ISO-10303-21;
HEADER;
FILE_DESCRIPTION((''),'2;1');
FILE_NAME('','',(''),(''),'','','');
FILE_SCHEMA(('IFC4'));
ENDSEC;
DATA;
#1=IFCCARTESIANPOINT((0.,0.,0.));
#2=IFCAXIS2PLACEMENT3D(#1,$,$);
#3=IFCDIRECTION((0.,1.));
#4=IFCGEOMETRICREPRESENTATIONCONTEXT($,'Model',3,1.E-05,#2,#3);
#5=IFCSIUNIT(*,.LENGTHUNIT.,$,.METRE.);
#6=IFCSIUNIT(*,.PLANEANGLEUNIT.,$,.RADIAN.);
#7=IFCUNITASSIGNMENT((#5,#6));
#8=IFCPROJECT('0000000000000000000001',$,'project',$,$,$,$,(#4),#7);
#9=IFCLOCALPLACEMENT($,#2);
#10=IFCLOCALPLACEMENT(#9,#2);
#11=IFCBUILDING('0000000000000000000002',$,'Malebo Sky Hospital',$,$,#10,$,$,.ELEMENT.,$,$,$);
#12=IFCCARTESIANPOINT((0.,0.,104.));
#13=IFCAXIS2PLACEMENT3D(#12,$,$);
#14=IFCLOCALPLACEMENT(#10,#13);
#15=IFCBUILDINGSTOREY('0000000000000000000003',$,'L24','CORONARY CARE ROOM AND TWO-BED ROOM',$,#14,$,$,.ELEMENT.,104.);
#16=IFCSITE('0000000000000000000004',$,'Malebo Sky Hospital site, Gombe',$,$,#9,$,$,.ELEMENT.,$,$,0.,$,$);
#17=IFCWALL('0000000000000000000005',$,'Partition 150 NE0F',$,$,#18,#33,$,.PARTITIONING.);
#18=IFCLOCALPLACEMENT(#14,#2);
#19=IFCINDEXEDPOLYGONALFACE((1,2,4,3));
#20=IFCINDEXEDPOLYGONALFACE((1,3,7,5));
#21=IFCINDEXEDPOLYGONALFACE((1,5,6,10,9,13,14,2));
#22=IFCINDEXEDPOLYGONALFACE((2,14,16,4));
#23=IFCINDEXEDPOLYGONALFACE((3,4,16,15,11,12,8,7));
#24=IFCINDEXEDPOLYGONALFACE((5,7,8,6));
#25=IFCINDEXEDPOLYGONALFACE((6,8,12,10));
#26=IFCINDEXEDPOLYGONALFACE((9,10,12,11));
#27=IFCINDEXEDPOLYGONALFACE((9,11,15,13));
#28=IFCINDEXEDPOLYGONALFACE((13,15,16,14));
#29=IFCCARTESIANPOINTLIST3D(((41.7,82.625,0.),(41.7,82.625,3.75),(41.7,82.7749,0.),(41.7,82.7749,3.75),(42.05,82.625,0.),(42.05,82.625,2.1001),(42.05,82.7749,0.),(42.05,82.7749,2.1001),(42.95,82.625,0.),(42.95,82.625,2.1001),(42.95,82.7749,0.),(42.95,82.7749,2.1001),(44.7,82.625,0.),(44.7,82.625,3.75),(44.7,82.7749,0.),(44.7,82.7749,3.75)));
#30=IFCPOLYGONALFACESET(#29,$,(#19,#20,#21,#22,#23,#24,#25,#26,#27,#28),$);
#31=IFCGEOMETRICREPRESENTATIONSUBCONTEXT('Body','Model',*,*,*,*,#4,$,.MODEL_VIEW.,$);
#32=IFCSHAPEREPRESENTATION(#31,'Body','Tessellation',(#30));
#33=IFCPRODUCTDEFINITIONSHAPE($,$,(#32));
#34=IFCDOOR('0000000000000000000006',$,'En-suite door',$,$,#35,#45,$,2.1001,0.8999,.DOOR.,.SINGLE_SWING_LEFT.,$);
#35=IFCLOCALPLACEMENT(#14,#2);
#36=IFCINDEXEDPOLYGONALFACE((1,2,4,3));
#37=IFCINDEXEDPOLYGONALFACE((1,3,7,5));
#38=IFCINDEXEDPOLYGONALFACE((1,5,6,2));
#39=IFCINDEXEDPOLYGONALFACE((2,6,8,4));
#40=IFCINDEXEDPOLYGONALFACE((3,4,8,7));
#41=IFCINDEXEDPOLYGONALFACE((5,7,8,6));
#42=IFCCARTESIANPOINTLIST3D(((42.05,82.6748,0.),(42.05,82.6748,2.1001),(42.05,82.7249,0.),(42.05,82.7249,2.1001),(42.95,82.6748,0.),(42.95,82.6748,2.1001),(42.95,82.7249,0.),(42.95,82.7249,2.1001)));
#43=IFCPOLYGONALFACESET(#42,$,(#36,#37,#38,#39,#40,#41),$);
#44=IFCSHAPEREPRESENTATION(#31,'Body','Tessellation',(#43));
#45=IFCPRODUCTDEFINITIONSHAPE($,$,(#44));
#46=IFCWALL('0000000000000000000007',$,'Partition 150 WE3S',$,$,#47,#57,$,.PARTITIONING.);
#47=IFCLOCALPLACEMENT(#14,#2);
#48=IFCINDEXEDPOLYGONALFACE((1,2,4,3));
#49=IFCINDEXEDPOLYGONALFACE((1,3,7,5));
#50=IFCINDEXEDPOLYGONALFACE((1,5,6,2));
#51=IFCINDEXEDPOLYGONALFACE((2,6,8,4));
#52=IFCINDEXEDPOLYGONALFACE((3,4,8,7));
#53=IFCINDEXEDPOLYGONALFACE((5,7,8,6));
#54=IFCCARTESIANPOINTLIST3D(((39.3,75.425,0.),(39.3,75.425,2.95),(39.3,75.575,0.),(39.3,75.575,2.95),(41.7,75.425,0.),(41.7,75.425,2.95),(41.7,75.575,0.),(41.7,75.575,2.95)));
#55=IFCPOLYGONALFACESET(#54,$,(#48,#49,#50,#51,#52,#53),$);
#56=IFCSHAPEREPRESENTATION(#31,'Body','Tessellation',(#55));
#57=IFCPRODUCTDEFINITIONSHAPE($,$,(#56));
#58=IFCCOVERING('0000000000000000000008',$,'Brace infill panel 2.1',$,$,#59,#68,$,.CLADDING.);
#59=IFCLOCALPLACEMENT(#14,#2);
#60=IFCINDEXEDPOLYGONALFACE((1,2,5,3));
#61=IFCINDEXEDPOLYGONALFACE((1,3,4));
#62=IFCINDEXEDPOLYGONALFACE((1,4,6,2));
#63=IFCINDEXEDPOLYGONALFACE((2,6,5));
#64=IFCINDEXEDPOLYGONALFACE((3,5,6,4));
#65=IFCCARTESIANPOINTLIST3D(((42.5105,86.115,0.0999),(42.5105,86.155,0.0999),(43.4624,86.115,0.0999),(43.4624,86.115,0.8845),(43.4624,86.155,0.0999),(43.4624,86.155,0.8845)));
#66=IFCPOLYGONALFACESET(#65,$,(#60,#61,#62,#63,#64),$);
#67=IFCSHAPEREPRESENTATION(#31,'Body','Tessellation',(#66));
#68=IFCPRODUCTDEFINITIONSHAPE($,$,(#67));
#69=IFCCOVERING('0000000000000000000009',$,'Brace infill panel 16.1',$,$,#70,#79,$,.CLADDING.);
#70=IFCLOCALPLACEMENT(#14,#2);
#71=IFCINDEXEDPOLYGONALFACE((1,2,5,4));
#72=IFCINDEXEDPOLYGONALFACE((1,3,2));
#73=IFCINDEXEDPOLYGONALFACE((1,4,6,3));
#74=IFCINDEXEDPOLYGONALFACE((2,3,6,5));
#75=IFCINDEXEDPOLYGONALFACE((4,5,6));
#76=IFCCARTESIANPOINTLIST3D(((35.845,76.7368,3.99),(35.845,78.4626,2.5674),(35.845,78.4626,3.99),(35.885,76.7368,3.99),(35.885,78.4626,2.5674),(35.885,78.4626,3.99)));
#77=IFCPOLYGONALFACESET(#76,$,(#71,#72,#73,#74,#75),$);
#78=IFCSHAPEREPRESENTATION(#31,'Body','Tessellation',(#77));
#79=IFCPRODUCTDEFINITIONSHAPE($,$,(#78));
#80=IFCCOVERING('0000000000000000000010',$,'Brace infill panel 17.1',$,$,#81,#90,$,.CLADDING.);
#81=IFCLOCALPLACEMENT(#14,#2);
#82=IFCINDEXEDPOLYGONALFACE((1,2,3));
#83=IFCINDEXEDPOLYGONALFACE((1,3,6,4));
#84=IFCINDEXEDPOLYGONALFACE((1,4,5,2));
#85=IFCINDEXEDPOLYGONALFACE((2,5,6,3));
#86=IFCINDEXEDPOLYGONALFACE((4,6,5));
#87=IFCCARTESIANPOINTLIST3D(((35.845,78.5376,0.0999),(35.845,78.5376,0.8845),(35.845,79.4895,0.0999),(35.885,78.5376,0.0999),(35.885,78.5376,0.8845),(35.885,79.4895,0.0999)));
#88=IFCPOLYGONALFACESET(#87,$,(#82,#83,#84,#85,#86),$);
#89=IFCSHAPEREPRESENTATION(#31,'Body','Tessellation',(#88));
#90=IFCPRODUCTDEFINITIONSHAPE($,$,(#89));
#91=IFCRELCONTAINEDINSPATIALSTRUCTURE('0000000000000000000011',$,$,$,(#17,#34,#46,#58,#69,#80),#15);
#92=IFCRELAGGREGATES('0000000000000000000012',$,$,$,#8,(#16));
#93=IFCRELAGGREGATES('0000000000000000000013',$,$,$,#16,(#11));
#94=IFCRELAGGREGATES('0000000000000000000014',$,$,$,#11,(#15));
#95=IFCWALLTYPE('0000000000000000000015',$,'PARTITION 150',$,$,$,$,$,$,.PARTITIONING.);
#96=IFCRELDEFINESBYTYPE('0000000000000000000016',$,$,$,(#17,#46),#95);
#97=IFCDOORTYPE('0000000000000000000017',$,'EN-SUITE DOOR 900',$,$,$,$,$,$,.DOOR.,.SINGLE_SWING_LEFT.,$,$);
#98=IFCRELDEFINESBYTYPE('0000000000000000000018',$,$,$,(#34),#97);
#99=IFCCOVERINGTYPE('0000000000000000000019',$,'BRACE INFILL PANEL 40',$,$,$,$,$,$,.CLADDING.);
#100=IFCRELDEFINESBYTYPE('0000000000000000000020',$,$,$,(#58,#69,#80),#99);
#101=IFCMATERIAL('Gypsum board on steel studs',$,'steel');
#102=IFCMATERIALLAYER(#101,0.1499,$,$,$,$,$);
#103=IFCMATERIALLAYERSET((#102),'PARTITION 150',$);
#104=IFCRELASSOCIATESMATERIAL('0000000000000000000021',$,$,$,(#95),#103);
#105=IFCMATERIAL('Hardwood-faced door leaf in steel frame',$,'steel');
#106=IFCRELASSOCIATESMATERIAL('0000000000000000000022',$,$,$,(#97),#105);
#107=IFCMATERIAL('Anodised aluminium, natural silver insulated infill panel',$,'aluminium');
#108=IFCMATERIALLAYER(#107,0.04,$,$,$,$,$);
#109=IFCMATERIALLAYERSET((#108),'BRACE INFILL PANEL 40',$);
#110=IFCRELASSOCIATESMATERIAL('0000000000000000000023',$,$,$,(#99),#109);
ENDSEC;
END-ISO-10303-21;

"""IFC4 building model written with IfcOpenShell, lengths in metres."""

from ifc_helpers import new_model, si_unit, direction, frame, frame_2d, origin, place, context, subcontext, project, spatial, polyline, rectangle, outline, extrude, material, layer, layer_set, type_object, element, fill, save


model = new_model("IFC4")

# Units and contexts
model_context = context("Model", 3, precision=1e-05, world=origin(), true_north=direction((0.0, 1.0)))
body_context = subcontext(model_context, "Body", "Model", "MODEL_VIEW")
ifc_project = project(units=[si_unit("LENGTHUNIT", "METRE"), si_unit("PLANEANGLEUNIT", "RADIAN")], contexts=[model_context])

# Site, building, storey
site_placement = place(None, origin())
site = spatial("IfcSite", under=ifc_project, at=site_placement, Name="Malebo Sky Hospital site, Gombe", CompositionType="ELEMENT", RefElevation=0.0)
building_placement = place(site_placement, origin())
building = spatial("IfcBuilding", under=site, at=building_placement, Name="Malebo Sky Hospital", CompositionType="ELEMENT")
storey_placement = place(building_placement, frame((0.0, 0.0, 104.0)))
storey = spatial("IfcBuildingStorey", under=building, at=storey_placement, Name="L24", Description="CORONARY CARE ROOM AND TWO-BED ROOM", CompositionType="ELEMENT", Elevation=104.0)

# Shared definitions
ifc_material_1 = material(Name="Gypsum board on steel studs", Category="steel")
ifc_material_2 = material(Name="Hardwood-faced door leaf in steel frame", Category="steel")

# Shared definitions
ifc_layer_1 = layer(ifc_material_1, 0.1499)
ifc_layer_set_1 = layer_set([ifc_layer_1], Name="PARTITION 150")
wall_type_1 = type_object("IfcWallType", Name="PARTITION 150", PredefinedType="PARTITIONING", material=ifc_layer_set_1)

# Wall, opening, door
wall_1_placement = place(storey_placement, frame((41.7, 82.7, 0.0), z_axis=(0.0, 0.0, 1.0), x_axis=(1.0, 0.0, 0.0)))
wall_1 = element("IfcWall", 1, at=wall_1_placement, inside=storey, type_object=wall_type_1, Name="Partition 150 NE0F", PredefinedType="PARTITIONING", context=body_context, shape_type="SweptSolid", body=[
    extrude(rectangle(XDim=3.0, YDim=0.1499, at=frame_2d((1.5, 0.0))), origin(), (0.0, 0.0, 1.0), 3.75),
])
opening_1_placement = place(wall_1_placement, frame((0.3501, 0.0, 0.0)))
opening_1 = element("IfcOpeningElement", 2, at=opening_1_placement, cuts=wall_1, PredefinedType="OPENING", context=body_context, shape_type="SweptSolid", body=[
    extrude(rectangle(XDim=0.8999, YDim=2.1001, at=frame_2d((0.45, 1.05))), frame((0.0, 0.085, 0.0), z_axis=(0.0, -1.0, 0.0), x_axis=(1.0, 0.0, 0.0)), (0.0, 0.0, 1.0), 0.1699),
])
door_type_1 = type_object("IfcDoorType", Name="EN-SUITE DOOR 900", OperationType="SINGLE_SWING_LEFT", PredefinedType="DOOR", material=ifc_material_2)
door_1_placement = place(opening_1_placement, origin())
door_1 = element("IfcDoor", 3, at=door_1_placement, inside=storey, type_object=door_type_1, Name="En-suite door", OperationType="SINGLE_SWING_LEFT", OverallHeight=2.1001, OverallWidth=0.8999, PredefinedType="DOOR", context=body_context, shape_type="SweptSolid", body=[
    extrude(rectangle(XDim=0.8999, YDim=2.1001, at=frame_2d((0.45, 1.05))), frame((0.0, 0.0249, 0.0), z_axis=(0.0, -1.0, 0.0), x_axis=(1.0, 0.0, 0.0)), (0.0, 0.0, 1.0), 0.05),
])
fill(opening_1, door_1)

# Wall
wall_2_placement = place(storey_placement, frame((41.7, 75.5, 0.0), z_axis=(0.0, 0.0, 1.0), x_axis=(-1.0, 0.0, 0.0)))
element("IfcWall", 4, at=wall_2_placement, inside=storey, type_object=wall_type_1, Name="Partition 150 WE3S", PredefinedType="PARTITIONING", context=body_context, shape_type="SweptSolid", body=[
    extrude(rectangle(XDim=2.3999, YDim=0.1499, at=frame_2d((1.2, 0.0))), origin(), (0.0, 0.0, 1.0), 2.95),
])

# Coverings
ifc_material_3 = material(Name="Anodised aluminium, natural silver insulated infill panel", Category="aluminium")
ifc_layer_2 = layer(ifc_material_3, 0.04)
ifc_layer_set_2 = layer_set([ifc_layer_2], Name="BRACE INFILL PANEL 40")
covering_type = type_object("IfcCoveringType", Name="BRACE INFILL PANEL 40", PredefinedType="CLADDING", material=ifc_layer_set_2)
covering_1_placement = place(storey_placement, frame((42.9866, 86.135, 0.0999), z_axis=(0.0, 0.0, 1.0), x_axis=(1.0, 0.0, 0.0)))
element("IfcCovering", 5, at=covering_1_placement, inside=storey, type_object=covering_type, Name="Brace infill panel 2.1", PredefinedType="CLADDING", context=body_context, shape_type="SweptSolid", body=[
    extrude(outline(polyline([(-0.4761, 0.0), (0.4758, 0.0), (0.4758, 0.7847), (-0.4761, 0.0)])), frame((0.0, 0.02, 0.0), z_axis=(0.0, -1.0, 0.0), x_axis=(1.0, 0.0, 0.0)), (0.0, 0.0, 1.0), 0.04),
])
covering_2_placement = place(storey_placement, frame((35.865, 77.5996, 2.5674), z_axis=(0.0, 0.0, 1.0), x_axis=(0.0, 1.0, 0.0)))
element("IfcCovering", 6, at=covering_2_placement, inside=storey, type_object=covering_type, Name="Brace infill panel 16.1", PredefinedType="CLADDING", context=body_context, shape_type="SweptSolid", body=[
    extrude(outline(polyline([(0.863, 0.0), (0.863, 1.4226), (-0.8628, 1.4226), (0.863, 0.0)])), frame((0.0, 0.02, 0.0), z_axis=(0.0, -1.0, 0.0), x_axis=(1.0, 0.0, 0.0)), (0.0, 0.0, 1.0), 0.04),
])
covering_3_placement = place(storey_placement, frame((35.865, 79.0137, 0.0999), z_axis=(0.0, 0.0, 1.0), x_axis=(0.0, 1.0, 0.0)))
element("IfcCovering", 7, at=covering_3_placement, inside=storey, type_object=covering_type, Name="Brace infill panel 17.1", PredefinedType="CLADDING", context=body_context, shape_type="SweptSolid", body=[
    extrude(outline(polyline([(-0.4761, 0.0), (0.4758, 0.0), (-0.4761, 0.7847), (-0.4761, 0.0)])), frame((0.0, 0.02, 0.0), z_axis=(0.0, -1.0, 0.0), x_axis=(1.0, 0.0, 0.0)), (0.0, 0.0, 1.0), 0.04),
])

save(model, "model.ifc")
